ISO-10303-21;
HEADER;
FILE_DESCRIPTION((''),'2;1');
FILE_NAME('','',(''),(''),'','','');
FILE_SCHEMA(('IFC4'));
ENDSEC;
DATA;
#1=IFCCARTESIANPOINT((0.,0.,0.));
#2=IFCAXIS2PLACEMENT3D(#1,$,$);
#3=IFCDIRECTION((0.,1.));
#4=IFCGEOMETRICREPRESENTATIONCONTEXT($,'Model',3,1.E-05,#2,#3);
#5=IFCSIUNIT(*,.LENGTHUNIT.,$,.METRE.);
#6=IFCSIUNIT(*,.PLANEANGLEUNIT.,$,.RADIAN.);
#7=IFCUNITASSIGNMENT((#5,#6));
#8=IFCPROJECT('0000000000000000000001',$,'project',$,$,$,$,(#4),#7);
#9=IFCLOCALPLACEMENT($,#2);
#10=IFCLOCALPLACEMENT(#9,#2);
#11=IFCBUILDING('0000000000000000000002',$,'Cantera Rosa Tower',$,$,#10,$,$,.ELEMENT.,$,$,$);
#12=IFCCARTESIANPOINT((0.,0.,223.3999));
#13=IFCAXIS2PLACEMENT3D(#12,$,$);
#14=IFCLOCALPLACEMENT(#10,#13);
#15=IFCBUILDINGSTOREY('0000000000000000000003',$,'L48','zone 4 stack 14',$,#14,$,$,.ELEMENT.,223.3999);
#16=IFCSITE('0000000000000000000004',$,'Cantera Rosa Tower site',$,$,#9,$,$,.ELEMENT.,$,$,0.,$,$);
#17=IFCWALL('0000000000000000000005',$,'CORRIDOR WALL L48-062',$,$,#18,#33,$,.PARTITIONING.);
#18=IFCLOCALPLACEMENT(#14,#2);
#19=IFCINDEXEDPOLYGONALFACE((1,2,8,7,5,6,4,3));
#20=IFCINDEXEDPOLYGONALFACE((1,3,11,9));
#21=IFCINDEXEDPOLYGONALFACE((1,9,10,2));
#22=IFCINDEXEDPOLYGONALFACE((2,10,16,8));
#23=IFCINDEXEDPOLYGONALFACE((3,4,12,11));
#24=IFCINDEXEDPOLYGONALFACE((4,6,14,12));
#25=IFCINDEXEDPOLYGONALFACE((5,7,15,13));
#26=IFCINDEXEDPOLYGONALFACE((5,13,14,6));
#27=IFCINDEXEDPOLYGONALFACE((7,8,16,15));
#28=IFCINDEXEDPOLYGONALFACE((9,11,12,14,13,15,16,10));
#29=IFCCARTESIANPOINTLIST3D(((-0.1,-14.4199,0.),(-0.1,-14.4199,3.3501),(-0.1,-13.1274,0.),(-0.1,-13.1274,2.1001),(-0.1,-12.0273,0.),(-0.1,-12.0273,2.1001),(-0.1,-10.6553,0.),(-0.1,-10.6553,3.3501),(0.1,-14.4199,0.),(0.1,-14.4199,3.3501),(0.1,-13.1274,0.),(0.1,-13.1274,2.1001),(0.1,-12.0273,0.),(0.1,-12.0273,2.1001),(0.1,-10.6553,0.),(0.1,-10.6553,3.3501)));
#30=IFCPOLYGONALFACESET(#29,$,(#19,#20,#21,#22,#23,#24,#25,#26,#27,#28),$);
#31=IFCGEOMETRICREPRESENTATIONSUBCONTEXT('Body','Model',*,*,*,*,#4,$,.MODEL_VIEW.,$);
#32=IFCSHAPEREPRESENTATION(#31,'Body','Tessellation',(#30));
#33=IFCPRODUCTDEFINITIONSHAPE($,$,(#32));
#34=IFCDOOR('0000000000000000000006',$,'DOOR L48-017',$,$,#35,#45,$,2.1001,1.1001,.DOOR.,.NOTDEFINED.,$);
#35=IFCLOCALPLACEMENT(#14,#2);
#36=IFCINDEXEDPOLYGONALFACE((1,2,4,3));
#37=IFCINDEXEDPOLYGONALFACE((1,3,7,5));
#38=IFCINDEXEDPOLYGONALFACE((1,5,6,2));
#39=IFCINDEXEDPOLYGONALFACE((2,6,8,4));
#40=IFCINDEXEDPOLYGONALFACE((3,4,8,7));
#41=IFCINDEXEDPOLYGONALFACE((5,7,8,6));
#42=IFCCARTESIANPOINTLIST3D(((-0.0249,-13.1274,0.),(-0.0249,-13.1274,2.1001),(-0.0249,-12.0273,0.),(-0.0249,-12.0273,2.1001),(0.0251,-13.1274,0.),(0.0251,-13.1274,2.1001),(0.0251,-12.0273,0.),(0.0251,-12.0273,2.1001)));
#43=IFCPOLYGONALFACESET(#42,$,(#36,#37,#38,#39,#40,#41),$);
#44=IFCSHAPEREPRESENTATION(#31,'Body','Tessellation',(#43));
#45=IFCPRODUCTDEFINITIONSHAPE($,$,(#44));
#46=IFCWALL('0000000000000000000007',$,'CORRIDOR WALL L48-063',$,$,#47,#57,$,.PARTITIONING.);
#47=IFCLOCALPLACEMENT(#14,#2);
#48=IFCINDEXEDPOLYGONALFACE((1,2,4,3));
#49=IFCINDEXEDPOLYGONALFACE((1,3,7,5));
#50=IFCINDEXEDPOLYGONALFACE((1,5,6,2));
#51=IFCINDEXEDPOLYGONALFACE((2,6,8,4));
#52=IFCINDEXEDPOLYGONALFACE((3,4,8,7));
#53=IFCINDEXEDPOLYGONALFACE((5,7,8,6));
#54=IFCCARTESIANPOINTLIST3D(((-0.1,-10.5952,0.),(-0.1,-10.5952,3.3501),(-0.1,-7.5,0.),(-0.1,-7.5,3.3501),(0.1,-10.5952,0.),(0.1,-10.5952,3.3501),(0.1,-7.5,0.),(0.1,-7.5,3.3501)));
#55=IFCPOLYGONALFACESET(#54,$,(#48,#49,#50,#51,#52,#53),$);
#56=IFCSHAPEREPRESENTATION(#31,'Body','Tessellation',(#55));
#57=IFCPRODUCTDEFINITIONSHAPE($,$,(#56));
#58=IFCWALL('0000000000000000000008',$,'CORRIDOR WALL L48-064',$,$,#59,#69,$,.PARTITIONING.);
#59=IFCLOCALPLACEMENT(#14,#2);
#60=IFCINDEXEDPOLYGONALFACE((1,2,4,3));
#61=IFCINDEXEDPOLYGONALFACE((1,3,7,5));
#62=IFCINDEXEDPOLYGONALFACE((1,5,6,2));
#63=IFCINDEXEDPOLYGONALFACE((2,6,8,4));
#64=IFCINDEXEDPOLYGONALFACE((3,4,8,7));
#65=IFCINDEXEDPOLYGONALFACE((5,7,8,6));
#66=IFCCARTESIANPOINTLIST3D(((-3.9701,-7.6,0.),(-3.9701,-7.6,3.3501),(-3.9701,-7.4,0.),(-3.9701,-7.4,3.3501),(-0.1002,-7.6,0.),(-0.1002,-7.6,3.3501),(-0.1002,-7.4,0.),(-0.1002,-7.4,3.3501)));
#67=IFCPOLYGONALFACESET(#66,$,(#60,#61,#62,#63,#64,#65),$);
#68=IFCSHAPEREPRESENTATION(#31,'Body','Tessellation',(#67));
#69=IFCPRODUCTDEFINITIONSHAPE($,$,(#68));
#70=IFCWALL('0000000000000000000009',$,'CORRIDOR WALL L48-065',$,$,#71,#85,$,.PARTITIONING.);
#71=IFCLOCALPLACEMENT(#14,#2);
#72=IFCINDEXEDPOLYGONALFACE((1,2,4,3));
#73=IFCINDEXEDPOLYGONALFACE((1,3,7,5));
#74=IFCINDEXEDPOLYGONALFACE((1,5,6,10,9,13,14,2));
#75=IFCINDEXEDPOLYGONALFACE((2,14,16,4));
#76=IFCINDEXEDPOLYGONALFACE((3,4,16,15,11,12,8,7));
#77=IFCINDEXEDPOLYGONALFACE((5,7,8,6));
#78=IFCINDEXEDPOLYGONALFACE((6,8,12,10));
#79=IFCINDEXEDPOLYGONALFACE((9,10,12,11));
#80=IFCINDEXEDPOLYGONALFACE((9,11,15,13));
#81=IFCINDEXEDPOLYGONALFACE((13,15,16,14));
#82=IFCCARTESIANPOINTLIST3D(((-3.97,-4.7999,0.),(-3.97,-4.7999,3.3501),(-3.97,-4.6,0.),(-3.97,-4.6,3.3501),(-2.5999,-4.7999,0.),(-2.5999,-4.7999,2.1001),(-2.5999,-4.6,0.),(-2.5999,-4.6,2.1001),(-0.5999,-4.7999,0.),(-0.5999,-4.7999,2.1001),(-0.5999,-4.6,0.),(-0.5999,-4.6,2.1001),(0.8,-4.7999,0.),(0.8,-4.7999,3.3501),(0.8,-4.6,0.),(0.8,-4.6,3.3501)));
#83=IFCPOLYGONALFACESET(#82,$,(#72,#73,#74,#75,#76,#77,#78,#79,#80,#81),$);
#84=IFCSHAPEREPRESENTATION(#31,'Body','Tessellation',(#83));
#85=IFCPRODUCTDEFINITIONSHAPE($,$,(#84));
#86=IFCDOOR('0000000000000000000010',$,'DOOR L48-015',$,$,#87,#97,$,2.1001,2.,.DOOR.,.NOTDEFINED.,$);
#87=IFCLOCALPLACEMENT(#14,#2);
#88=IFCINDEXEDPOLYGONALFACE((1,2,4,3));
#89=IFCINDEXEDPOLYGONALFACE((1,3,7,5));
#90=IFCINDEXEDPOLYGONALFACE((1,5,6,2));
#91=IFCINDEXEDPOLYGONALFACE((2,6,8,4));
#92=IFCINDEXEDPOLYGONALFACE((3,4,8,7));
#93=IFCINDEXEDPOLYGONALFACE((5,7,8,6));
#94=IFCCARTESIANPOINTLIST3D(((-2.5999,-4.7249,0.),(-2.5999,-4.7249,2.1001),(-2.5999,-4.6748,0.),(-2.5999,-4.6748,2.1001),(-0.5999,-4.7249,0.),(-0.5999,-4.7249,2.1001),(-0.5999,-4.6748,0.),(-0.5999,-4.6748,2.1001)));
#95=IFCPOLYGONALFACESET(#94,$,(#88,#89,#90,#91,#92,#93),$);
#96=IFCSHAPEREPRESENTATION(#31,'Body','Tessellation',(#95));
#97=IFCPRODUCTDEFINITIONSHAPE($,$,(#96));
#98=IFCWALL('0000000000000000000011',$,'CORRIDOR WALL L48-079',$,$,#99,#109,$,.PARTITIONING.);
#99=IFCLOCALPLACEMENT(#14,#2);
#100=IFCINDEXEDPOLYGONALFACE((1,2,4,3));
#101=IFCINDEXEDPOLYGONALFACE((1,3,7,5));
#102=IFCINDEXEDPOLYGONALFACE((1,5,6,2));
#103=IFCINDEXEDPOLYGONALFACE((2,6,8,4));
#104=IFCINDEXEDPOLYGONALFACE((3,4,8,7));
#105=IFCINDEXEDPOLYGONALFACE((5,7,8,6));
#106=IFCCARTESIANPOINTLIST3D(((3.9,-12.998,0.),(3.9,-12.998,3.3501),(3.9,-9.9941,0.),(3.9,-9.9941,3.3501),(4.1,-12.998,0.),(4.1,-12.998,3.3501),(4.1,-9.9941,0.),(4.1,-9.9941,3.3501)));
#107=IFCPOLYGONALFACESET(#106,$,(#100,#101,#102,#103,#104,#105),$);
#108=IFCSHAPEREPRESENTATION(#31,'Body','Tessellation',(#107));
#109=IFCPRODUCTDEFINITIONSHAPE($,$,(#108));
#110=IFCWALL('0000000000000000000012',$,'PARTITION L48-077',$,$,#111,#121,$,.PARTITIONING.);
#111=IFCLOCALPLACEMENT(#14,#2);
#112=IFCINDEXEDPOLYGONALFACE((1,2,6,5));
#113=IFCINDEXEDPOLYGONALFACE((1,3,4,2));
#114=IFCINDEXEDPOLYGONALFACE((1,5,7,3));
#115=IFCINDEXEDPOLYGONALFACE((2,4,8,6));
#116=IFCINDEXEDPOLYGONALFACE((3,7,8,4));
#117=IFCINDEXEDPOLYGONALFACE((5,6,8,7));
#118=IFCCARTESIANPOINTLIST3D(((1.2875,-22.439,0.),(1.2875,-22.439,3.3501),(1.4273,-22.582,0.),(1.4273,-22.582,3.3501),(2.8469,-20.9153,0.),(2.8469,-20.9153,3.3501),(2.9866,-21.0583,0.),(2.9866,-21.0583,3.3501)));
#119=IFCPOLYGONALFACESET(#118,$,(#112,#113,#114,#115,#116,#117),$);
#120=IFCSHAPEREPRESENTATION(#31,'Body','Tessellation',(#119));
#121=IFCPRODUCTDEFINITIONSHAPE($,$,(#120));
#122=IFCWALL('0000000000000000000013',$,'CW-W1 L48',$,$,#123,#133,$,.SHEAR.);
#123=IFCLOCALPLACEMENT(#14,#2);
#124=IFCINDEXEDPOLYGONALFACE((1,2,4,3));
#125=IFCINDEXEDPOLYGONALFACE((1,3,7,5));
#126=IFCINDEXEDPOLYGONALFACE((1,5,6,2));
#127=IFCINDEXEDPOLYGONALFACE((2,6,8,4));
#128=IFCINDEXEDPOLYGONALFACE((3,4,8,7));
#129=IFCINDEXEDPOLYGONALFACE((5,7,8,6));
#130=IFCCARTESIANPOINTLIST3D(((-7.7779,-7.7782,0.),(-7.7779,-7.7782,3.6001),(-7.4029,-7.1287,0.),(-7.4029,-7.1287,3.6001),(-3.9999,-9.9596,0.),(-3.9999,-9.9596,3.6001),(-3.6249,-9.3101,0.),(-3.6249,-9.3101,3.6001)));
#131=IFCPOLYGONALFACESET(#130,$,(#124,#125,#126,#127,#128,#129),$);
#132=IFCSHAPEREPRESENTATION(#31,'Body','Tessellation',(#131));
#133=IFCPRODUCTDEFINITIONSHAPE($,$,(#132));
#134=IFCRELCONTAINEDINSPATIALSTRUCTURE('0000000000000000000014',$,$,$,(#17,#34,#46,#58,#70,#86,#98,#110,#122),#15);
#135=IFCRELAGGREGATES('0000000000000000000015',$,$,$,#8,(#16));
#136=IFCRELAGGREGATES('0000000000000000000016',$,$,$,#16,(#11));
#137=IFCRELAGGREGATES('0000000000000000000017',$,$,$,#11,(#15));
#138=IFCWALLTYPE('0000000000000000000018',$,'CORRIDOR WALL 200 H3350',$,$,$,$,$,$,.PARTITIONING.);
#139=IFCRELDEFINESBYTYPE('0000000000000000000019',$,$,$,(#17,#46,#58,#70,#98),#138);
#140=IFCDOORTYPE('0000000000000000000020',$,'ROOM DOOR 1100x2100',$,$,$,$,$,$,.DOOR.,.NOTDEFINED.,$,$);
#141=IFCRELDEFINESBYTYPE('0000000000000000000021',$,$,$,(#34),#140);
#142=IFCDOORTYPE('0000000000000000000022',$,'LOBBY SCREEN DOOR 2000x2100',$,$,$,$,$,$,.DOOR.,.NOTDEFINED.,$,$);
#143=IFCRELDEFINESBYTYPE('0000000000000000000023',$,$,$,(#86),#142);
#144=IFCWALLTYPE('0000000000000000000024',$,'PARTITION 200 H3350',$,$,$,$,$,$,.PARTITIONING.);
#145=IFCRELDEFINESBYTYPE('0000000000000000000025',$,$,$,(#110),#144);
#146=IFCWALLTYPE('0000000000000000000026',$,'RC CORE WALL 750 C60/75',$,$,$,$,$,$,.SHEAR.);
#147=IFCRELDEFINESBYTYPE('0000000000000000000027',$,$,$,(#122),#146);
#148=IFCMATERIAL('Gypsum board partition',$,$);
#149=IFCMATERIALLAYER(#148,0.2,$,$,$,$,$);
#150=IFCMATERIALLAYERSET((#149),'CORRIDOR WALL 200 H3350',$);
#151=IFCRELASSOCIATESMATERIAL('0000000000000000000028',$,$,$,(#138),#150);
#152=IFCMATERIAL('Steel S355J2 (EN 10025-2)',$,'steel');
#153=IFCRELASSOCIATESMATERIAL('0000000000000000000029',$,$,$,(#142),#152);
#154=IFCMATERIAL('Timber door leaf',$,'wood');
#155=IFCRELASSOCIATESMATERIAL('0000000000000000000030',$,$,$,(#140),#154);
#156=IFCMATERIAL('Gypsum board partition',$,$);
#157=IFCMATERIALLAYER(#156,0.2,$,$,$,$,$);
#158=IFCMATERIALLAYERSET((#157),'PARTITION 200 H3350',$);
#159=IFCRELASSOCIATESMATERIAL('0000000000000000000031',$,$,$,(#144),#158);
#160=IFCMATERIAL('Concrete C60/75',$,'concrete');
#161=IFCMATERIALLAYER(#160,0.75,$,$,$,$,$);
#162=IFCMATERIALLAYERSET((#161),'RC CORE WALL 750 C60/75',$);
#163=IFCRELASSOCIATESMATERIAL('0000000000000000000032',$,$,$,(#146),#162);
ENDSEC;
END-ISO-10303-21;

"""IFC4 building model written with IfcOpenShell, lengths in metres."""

from ifc_helpers import new_model, si_unit, direction, frame, frame_2d, origin, place, context, subcontext, project, spatial, rectangle, extrude, material, layer, layer_set, type_object, element, fill, save


model = new_model("IFC4")

# Units and contexts
model_context = context("Model", 3, precision=1e-05, world=origin(), true_north=direction((0.0, 1.0)))
body_context = subcontext(model_context, "Body", "Model", "MODEL_VIEW")
ifc_project = project(units=[si_unit("LENGTHUNIT", "METRE"), si_unit("PLANEANGLEUNIT", "RADIAN")], contexts=[model_context])

# Site, building, storey
site_placement = place(None, origin())
site = spatial("IfcSite", under=ifc_project, at=site_placement, Name="Cantera Rosa Tower site", CompositionType="ELEMENT", RefElevation=0.0)
building_placement = place(site_placement, origin())
building = spatial("IfcBuilding", under=site, at=building_placement, Name="Cantera Rosa Tower", CompositionType="ELEMENT")
storey_placement = place(building_placement, frame((0.0, 0.0, 223.3999)))
storey = spatial("IfcBuildingStorey", under=building, at=storey_placement, Name="L48", Description="zone 4 stack 14", CompositionType="ELEMENT", Elevation=223.3999)

# Shared definitions
ifc_material_1 = material(Name="Gypsum board partition")
ifc_layer_1 = layer(ifc_material_1, 0.2)
ifc_layer_set_1 = layer_set([ifc_layer_1], Name="CORRIDOR WALL 200 H3350")
wall_type_1 = type_object("IfcWallType", Name="CORRIDOR WALL 200 H3350", PredefinedType="PARTITIONING", material=ifc_layer_set_1)
ifc_material_2 = material(Name="Steel S355J2 (EN 10025-2)", Category="steel")
door_type_1 = type_object("IfcDoorType", Name="LOBBY SCREEN DOOR 2000x2100", OperationType="NOTDEFINED", PredefinedType="DOOR", material=ifc_material_2)

# Wall, opening, door
wall_1_placement = place(storey_placement, frame((0.0, -14.4199, 0.0), z_axis=(0.0, 0.0, 1.0), x_axis=(0.0, 1.0, 0.0)))
wall_1 = element("IfcWall", 1, at=wall_1_placement, inside=storey, type_object=wall_type_1, Name="CORRIDOR WALL L48-062", PredefinedType="PARTITIONING", context=body_context, shape_type="SweptSolid", body=[
    extrude(rectangle(XDim=3.7646, YDim=0.2, at=frame_2d((1.8823, 0.0))), origin(), (0.0, 0.0, 1.0), 3.3501),
])
opening_1_placement = place(wall_1_placement, frame((1.2925, 0.0, 0.0)))
opening_1 = element("IfcOpeningElement", 2, at=opening_1_placement, cuts=wall_1, PredefinedType="OPENING", context=body_context, shape_type="SweptSolid", body=[
    extrude(rectangle(XDim=1.1001, YDim=2.1001, at=frame_2d((0.55, 1.05))), frame((0.0, 0.1099, 0.0), z_axis=(0.0, -1.0, 0.0), x_axis=(1.0, 0.0, 0.0)), (0.0, 0.0, 1.0), 0.22),
])
ifc_material_3 = material(Name="Timber door leaf", Category="wood")
door_type_2 = type_object("IfcDoorType", Name="ROOM DOOR 1100x2100", OperationType="NOTDEFINED", PredefinedType="DOOR", material=ifc_material_3)
door_1_placement = place(opening_1_placement, origin())
door_1 = element("IfcDoor", 3, at=door_1_placement, inside=storey, type_object=door_type_2, Name="DOOR L48-017", OperationType="NOTDEFINED", OverallHeight=2.1001, OverallWidth=1.1001, PredefinedType="DOOR", context=body_context, shape_type="SweptSolid", body=[
    extrude(rectangle(XDim=1.1001, YDim=2.1001, at=frame_2d((0.55, 1.05))), frame((0.0, 0.0249, 0.0), z_axis=(0.0, -1.0, 0.0), x_axis=(1.0, 0.0, 0.0)), (0.0, 0.0, 1.0), 0.05),
])
fill(opening_1, door_1)

# Walls
wall_2_placement = place(storey_placement, frame((0.0, -10.5952, 0.0), z_axis=(0.0, 0.0, 1.0), x_axis=(0.0, 1.0, 0.0)))
element("IfcWall", 4, at=wall_2_placement, inside=storey, type_object=wall_type_1, Name="CORRIDOR WALL L48-063", PredefinedType="PARTITIONING", context=body_context, shape_type="SweptSolid", body=[
    extrude(rectangle(XDim=3.0952, YDim=0.2, at=frame_2d((1.5476, 0.0))), origin(), (0.0, 0.0, 1.0), 3.3501),
])
wall_3_placement = place(storey_placement, frame((-0.1001, -7.5, 0.0), z_axis=(0.0, 0.0, 1.0), x_axis=(-1.0, 0.0, 0.0)))
element("IfcWall", 5, at=wall_3_placement, inside=storey, type_object=wall_type_1, Name="CORRIDOR WALL L48-064", PredefinedType="PARTITIONING", context=body_context, shape_type="SweptSolid", body=[
    extrude(rectangle(XDim=3.8699, YDim=0.2, at=frame_2d((1.9351, 0.0))), origin(), (0.0, 0.0, 1.0), 3.3501),
])

# Wall, opening, door
wall_4_placement = place(storey_placement, frame((0.8, -4.7, 0.0), z_axis=(0.0, 0.0, 1.0), x_axis=(-1.0, 0.0, 0.0)))
wall_4 = element("IfcWall", 6, at=wall_4_placement, inside=storey, type_object=wall_type_1, Name="CORRIDOR WALL L48-065", PredefinedType="PARTITIONING", context=body_context, shape_type="SweptSolid", body=[
    extrude(rectangle(XDim=4.77, YDim=0.2, at=frame_2d((2.385, 0.0))), origin(), (0.0, 0.0, 1.0), 3.3501),
])
opening_2_placement = place(wall_4_placement, frame((1.3999, 0.0, 0.0)))
opening_2 = element("IfcOpeningElement", 7, at=opening_2_placement, cuts=wall_4, PredefinedType="OPENING", context=body_context, shape_type="SweptSolid", body=[
    extrude(rectangle(XDim=2.0, YDim=2.1001, at=frame_2d((1.0, 1.05))), frame((0.0, 0.1099, 0.0), z_axis=(0.0, -1.0, 0.0), x_axis=(1.0, 0.0, 0.0)), (0.0, 0.0, 1.0), 0.22),
])
door_2_placement = place(opening_2_placement, origin())
door_2 = element("IfcDoor", 8, at=door_2_placement, inside=storey, type_object=door_type_1, Name="DOOR L48-015", OperationType="NOTDEFINED", OverallHeight=2.1001, OverallWidth=2.0, PredefinedType="DOOR", context=body_context, shape_type="SweptSolid", body=[
    extrude(rectangle(XDim=2.0, YDim=2.1001, at=frame_2d((1.0, 1.05))), frame((0.0, 0.0249, 0.0), z_axis=(0.0, -1.0, 0.0), x_axis=(1.0, 0.0, 0.0)), (0.0, 0.0, 1.0), 0.05),
])
fill(opening_2, door_2)

# Walls
wall_5_placement = place(storey_placement, frame((4.0, -12.998, 0.0), z_axis=(0.0, 0.0, 1.0), x_axis=(0.0, 1.0, 0.0)))
element("IfcWall", 9, at=wall_5_placement, inside=storey, type_object=wall_type_1, Name="CORRIDOR WALL L48-079", PredefinedType="PARTITIONING", context=body_context, shape_type="SweptSolid", body=[
    extrude(rectangle(XDim=3.0039, YDim=0.2, at=frame_2d((1.502, 0.0))), origin(), (0.0, 0.0, 1.0), 3.3501),
])
ifc_material_4 = material(Name="Gypsum board partition")
ifc_layer_2 = layer(ifc_material_4, 0.2)
ifc_layer_set_2 = layer_set([ifc_layer_2], Name="PARTITION 200 H3350")
wall_type_2 = type_object("IfcWallType", Name="PARTITION 200 H3350", PredefinedType="PARTITIONING", material=ifc_layer_set_2)
wall_6_placement = place(storey_placement, frame((2.9167, -20.9868, 0.0), z_axis=(0.0, 0.0, 1.0), x_axis=(-0.715234, -0.698885, 0.0)))
element("IfcWall", 10, at=wall_6_placement, inside=storey, type_object=wall_type_2, Name="PARTITION L48-077", PredefinedType="PARTITIONING", context=body_context, shape_type="SweptSolid", body=[
    extrude(rectangle(XDim=2.1802, YDim=0.2, at=frame_2d((1.0901, 0.0))), origin(), (0.0, 0.0, 1.0), 3.3501),
])
ifc_material_5 = material(Name="Concrete C60/75", Category="concrete")
ifc_layer_3 = layer(ifc_material_5, 0.75)
ifc_layer_set_3 = layer_set([ifc_layer_3], Name="RC CORE WALL 750 C60/75")
wall_type_3 = type_object("IfcWallType", Name="RC CORE WALL 750 C60/75", PredefinedType="SHEAR", material=ifc_layer_set_3)
wall_7_placement = place(storey_placement, frame((-3.8125, -9.6348, 0.0), z_axis=(0.0, 0.0, 1.0), x_axis=(-0.866013, 0.500021, 0.0)))
element("IfcWall", 11, at=wall_7_placement, inside=storey, type_object=wall_type_3, Name="CW-W1 L48", PredefinedType="SHEAR", context=body_context, shape_type="SweptSolid", body=[
    extrude(rectangle(XDim=4.3625, YDim=0.75, at=frame_2d((2.1812, 0.0))), origin(), (0.0, 0.0, 1.0), 3.6001),
])

save(model, "model.ifc")
